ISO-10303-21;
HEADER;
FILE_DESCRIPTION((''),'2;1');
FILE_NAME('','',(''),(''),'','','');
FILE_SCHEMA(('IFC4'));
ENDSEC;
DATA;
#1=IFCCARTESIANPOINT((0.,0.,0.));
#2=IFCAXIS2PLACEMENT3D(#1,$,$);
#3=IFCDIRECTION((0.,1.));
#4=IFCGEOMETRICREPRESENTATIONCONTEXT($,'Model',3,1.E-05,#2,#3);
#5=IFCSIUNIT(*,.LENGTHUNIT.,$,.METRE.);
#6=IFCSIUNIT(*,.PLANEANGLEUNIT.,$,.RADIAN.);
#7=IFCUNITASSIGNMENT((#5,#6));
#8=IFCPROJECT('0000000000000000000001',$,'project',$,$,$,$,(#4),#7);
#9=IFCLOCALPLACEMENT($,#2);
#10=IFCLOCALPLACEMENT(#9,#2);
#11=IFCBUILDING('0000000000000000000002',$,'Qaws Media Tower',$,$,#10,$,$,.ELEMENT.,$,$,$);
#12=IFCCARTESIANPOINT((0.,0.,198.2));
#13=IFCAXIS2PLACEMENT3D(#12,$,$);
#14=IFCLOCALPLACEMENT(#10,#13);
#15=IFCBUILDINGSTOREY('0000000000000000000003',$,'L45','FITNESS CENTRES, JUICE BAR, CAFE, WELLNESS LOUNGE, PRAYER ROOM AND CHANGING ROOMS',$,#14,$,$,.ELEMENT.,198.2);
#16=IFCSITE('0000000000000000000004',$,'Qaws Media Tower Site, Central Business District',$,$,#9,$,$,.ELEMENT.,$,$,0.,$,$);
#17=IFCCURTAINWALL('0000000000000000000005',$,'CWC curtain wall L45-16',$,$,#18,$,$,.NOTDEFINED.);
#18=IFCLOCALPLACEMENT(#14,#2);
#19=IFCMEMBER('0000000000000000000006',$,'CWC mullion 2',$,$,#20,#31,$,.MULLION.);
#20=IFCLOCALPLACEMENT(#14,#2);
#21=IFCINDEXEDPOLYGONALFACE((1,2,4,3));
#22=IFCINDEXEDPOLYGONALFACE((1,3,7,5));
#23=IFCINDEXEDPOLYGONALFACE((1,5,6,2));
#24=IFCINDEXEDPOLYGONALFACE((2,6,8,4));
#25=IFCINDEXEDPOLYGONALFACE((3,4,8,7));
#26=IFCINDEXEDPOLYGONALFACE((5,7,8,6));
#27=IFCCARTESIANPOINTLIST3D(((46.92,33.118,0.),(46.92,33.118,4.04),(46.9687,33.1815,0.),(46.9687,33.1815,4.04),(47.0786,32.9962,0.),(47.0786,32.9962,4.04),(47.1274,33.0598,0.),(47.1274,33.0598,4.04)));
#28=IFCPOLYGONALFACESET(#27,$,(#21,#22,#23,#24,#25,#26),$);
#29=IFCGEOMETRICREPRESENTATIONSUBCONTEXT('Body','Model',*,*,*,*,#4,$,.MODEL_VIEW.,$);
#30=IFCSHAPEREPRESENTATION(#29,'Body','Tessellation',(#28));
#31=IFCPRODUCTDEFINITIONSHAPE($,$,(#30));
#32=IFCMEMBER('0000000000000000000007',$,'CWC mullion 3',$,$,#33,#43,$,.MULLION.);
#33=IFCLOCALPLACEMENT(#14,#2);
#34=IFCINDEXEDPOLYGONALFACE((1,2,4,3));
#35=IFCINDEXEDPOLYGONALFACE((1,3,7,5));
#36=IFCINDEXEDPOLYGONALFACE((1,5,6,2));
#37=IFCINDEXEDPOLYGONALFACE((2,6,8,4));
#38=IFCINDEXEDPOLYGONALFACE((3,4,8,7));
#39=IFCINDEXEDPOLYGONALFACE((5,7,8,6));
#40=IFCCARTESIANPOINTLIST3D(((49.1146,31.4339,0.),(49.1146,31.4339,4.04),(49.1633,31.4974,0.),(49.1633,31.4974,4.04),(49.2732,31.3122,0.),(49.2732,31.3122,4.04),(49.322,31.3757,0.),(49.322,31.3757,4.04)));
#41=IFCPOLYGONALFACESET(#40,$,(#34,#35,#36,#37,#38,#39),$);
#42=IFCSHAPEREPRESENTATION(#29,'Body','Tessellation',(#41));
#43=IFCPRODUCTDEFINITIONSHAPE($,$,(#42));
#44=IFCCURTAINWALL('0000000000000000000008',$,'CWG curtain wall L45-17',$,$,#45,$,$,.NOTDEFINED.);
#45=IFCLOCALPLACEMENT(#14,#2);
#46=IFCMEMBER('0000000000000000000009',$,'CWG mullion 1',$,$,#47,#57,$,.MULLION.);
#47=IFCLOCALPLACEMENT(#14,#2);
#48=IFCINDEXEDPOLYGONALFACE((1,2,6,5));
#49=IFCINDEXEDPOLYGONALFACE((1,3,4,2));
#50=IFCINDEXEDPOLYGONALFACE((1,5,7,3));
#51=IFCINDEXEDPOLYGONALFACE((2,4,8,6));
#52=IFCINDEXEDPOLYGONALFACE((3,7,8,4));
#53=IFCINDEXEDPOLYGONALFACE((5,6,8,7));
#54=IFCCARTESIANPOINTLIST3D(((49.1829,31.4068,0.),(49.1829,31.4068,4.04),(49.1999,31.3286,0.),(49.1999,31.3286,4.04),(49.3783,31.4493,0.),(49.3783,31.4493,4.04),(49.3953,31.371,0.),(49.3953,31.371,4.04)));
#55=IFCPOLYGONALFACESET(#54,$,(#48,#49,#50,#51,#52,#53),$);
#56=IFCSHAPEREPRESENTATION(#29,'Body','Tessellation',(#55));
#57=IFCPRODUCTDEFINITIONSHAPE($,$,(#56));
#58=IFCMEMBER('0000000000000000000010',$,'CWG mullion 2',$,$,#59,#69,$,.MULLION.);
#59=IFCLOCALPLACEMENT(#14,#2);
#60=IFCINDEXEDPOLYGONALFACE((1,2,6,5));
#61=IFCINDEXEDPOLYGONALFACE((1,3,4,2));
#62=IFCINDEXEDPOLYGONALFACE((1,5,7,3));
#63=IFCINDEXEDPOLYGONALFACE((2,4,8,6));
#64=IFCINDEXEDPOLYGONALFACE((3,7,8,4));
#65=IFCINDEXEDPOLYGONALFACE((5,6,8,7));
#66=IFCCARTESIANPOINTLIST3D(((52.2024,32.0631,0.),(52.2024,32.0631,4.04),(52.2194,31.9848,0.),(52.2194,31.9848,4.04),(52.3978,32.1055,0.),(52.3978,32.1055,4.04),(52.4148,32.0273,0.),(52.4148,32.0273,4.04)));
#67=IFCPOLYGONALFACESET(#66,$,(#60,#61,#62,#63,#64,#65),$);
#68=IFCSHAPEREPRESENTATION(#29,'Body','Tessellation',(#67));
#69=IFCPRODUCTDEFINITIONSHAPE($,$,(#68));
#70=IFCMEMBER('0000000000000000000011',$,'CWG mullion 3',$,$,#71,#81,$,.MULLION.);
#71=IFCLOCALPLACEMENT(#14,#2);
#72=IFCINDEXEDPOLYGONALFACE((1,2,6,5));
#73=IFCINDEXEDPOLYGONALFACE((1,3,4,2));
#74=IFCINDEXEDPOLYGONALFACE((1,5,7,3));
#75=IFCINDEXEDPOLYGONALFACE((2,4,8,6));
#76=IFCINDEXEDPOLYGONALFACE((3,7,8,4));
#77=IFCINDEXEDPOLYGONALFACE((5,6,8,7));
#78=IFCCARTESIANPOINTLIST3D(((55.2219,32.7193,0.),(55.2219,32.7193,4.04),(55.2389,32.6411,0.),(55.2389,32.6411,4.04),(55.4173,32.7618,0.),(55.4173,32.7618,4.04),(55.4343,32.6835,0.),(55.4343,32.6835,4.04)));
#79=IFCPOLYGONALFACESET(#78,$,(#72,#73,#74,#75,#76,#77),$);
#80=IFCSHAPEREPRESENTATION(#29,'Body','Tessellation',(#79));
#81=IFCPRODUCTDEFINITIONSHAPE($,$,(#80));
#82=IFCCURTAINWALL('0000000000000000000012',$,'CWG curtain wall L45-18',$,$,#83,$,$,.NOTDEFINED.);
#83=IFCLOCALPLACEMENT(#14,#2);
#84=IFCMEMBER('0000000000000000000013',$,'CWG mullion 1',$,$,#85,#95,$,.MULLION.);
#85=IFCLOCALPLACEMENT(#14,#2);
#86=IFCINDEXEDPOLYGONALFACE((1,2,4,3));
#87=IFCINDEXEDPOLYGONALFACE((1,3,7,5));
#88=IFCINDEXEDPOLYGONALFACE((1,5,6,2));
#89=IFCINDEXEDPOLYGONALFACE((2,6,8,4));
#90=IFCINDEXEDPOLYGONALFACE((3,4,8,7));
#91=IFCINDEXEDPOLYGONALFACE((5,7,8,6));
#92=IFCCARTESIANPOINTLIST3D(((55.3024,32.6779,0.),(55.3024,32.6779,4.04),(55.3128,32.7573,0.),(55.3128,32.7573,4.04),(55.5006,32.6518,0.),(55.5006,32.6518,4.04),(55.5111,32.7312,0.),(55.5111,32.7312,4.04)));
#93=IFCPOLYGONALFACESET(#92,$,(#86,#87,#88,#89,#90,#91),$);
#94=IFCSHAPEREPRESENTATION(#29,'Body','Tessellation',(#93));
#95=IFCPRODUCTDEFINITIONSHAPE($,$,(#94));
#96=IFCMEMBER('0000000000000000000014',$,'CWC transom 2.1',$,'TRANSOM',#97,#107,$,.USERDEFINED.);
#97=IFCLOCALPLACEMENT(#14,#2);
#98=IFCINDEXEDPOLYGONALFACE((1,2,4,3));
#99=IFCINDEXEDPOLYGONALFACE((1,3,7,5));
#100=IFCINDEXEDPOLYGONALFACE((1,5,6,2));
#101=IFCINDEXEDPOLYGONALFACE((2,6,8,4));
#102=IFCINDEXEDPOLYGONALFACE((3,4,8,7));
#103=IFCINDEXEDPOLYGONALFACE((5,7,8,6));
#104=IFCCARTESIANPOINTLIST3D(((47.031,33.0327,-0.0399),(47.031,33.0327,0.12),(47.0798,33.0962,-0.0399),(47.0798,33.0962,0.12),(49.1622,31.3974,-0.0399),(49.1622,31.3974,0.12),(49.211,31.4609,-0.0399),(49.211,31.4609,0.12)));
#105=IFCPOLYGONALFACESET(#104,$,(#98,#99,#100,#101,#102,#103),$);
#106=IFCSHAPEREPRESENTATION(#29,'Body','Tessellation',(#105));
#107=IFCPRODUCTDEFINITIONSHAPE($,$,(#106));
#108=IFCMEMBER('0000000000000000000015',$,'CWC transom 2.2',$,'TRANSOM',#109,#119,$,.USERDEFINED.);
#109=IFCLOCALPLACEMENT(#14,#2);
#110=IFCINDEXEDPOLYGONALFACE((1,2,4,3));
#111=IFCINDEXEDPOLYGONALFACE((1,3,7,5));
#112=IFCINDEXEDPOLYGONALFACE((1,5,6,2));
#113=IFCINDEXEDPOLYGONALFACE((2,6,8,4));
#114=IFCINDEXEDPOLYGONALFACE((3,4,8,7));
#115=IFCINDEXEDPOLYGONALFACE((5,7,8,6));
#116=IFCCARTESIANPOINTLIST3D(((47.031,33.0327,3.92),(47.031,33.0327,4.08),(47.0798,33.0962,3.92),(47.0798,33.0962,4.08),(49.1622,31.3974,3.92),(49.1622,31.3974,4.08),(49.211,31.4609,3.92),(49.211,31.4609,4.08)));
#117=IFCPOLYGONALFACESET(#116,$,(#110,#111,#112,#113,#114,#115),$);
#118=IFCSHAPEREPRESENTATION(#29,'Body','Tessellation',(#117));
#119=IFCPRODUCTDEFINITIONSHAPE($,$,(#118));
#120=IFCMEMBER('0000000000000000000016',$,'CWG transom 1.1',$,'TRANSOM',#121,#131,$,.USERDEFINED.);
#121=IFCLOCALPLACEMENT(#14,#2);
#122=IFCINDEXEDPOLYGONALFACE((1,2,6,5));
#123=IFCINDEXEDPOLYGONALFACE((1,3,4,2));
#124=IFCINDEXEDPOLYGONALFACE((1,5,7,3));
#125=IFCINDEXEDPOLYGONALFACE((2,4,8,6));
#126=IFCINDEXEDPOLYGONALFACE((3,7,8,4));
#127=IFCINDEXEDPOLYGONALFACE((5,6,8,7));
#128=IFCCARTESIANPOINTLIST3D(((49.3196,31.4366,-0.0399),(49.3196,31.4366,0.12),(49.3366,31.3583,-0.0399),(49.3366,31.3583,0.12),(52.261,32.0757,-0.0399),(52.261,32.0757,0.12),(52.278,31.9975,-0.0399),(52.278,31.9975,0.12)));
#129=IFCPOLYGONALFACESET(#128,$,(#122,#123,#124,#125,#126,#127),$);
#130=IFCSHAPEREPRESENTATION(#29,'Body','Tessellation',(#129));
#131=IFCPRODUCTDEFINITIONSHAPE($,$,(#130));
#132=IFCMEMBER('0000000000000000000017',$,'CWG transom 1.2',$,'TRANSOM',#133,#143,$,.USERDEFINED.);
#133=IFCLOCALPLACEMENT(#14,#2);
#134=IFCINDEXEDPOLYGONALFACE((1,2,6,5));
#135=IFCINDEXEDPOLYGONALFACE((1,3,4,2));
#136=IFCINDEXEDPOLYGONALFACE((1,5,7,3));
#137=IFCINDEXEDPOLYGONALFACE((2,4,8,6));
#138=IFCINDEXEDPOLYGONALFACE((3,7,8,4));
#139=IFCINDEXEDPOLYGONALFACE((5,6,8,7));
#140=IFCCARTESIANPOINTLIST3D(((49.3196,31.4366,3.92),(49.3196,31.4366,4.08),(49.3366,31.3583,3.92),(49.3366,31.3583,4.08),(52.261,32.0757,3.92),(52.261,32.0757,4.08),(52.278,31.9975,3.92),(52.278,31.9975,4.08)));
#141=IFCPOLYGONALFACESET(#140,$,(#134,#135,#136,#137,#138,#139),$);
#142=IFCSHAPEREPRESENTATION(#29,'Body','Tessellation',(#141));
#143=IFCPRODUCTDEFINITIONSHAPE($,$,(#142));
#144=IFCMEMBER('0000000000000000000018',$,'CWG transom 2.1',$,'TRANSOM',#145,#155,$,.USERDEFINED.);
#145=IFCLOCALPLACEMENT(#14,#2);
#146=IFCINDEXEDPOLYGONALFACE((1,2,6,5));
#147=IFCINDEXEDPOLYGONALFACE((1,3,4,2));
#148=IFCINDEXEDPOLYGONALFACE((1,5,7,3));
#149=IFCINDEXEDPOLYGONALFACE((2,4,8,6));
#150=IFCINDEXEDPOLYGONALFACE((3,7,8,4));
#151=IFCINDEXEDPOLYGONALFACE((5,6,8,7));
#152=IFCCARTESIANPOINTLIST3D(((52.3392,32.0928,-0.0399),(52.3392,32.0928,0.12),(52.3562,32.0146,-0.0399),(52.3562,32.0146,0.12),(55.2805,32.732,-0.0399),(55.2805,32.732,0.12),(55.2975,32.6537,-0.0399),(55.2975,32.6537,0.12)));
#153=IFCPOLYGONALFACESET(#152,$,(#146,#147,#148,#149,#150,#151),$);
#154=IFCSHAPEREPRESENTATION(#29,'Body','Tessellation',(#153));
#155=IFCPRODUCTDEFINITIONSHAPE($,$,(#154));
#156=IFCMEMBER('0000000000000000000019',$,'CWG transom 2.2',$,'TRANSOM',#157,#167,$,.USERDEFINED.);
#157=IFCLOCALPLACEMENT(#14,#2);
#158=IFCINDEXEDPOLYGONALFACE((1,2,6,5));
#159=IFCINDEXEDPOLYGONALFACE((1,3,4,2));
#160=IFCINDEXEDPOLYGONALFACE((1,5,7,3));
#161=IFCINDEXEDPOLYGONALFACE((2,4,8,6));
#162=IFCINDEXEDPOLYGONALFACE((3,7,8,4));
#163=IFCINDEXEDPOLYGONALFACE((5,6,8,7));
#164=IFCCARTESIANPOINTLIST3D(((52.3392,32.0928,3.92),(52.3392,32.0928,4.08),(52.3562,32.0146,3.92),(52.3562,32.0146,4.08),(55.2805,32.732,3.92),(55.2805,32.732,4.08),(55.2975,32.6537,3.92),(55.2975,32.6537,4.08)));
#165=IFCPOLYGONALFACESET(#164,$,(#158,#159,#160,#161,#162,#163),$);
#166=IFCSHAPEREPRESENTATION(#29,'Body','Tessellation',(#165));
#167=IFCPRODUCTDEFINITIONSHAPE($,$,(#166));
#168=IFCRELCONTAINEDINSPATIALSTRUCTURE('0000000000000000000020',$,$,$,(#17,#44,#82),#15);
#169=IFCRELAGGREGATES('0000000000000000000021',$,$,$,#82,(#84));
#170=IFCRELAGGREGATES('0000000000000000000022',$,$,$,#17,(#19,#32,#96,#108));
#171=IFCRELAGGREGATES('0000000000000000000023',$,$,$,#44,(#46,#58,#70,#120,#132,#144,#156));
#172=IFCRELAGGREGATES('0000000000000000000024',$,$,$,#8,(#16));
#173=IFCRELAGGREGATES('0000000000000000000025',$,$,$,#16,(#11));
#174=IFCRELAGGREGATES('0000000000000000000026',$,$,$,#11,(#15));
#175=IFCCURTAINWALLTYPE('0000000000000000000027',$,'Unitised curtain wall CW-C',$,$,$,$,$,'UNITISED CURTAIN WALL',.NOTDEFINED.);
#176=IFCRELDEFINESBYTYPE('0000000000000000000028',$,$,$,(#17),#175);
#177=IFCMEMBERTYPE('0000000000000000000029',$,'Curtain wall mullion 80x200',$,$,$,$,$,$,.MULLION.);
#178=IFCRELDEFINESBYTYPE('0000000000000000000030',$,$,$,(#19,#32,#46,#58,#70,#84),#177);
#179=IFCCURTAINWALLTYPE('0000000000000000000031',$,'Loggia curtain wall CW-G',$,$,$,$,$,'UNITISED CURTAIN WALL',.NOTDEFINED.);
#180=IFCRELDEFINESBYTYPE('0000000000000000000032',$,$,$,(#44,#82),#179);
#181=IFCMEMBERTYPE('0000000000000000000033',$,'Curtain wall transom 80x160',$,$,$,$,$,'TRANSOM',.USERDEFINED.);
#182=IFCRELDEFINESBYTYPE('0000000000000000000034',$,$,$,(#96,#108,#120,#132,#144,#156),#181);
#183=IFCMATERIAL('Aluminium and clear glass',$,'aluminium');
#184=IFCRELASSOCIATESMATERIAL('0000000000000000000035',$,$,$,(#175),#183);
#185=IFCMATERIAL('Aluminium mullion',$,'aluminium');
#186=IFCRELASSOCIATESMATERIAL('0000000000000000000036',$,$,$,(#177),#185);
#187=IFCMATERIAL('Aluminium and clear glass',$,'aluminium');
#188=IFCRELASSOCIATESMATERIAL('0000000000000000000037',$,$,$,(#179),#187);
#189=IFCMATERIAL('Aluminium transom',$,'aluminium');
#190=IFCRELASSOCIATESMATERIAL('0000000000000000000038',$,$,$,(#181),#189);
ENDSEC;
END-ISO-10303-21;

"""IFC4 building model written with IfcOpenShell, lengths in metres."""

from ifc_helpers import new_model, si_unit, direction, frame, origin, origin_2d, place, context, subcontext, project, spatial, rectangle, extrude, material, material_profile, profile_set, type_object, element, aggregate, save


model = new_model("IFC4")

# Units and contexts
model_context = context("Model", 3, precision=1e-05, world=origin(), true_north=direction((0.0, 1.0)))
body_context = subcontext(model_context, "Body", "Model", "MODEL_VIEW")
ifc_project = project(units=[si_unit("LENGTHUNIT", "METRE"), si_unit("PLANEANGLEUNIT", "RADIAN")], contexts=[model_context])

# Site, building, storey
site_placement = place(None, origin())
site = spatial("IfcSite", under=ifc_project, at=site_placement, Name="Qaws Media Tower Site, Central Business District", CompositionType="ELEMENT", RefElevation=0.0)
building_placement = place(site_placement, origin())
building = spatial("IfcBuilding", under=site, at=building_placement, Name="Qaws Media Tower", CompositionType="ELEMENT")
storey_placement = place(building_placement, frame((0.0, 0.0, 198.2)))
storey = spatial("IfcBuildingStorey", under=building, at=storey_placement, Name="L45", Description="FITNESS CENTRES, JUICE BAR, CAFE, WELLNESS LOUNGE, PRAYER ROOM AND CHANGING ROOMS", CompositionType="ELEMENT", Elevation=198.2)

# Curtain walls, members
ifc_material_1 = material(Name="Aluminium and clear glass", Category="aluminium")
curtain_wall_type_1 = type_object("IfcCurtainWallType", Name="Unitised curtain wall CW-C", ElementType="UNITISED CURTAIN WALL", PredefinedType="NOTDEFINED", material=ifc_material_1)
curtain_wall_1_placement = place(storey_placement, origin())
curtain_wall_1 = element("IfcCurtainWall", 1, at=curtain_wall_1_placement, inside=storey, type_object=curtain_wall_type_1, Name="CWC curtain wall L45-16", PredefinedType="NOTDEFINED")
ifc_material_2 = material(Name="Aluminium mullion", Category="aluminium")
ifc_material_profile_1 = material_profile(ifc_material_2, rectangle(XDim=0.0801, YDim=0.2, at=origin_2d()), Name="80x200")
ifc_profile_set_1 = profile_set([ifc_material_profile_1], Name="Aluminium mullion")
member_type_1 = type_object("IfcMemberType", Name="Curtain wall mullion 80x200", PredefinedType="MULLION", material=ifc_profile_set_1)
member_1_placement = place(storey_placement, frame((47.0237, 33.0889, 0.0), z_axis=(0.0, 0.0, 1.0), x_axis=(0.608761, 0.793353, 0.0)))
member_1 = element("IfcMember", 2, at=member_1_placement, type_object=member_type_1, Name="CWC mullion 2", PredefinedType="MULLION", context=body_context, shape_type="SweptSolid", body=[
    extrude(rectangle(XDim=0.0801, YDim=0.2, at=origin_2d()), origin(), (0.0, 0.0, 1.0), 4.04),
])
member_2_placement = place(storey_placement, frame((49.2183, 31.4048, 0.0), z_axis=(0.0, 0.0, 1.0), x_axis=(0.608761, 0.793353, 0.0)))
member_2 = element("IfcMember", 3, at=member_2_placement, type_object=member_type_1, Name="CWC mullion 3", PredefinedType="MULLION", context=body_context, shape_type="SweptSolid", body=[
    extrude(rectangle(XDim=0.0801, YDim=0.2, at=origin_2d()), origin(), (0.0, 0.0, 1.0), 4.04),
])
ifc_material_3 = material(Name="Aluminium and clear glass", Category="aluminium")
curtain_wall_type_2 = type_object("IfcCurtainWallType", Name="Loggia curtain wall CW-G", ElementType="UNITISED CURTAIN WALL", PredefinedType="NOTDEFINED", material=ifc_material_3)
curtain_wall_2_placement = place(storey_placement, origin())
curtain_wall_2 = element("IfcCurtainWall", 4, at=curtain_wall_2_placement, inside=storey, type_object=curtain_wall_type_2, Name="CWG curtain wall L45-17", PredefinedType="NOTDEFINED")
member_3_placement = place(storey_placement, frame((49.2891, 31.3889, 0.0), z_axis=(0.0, 0.0, 1.0), x_axis=(-0.212378, 0.977188, 0.0)))
member_3 = element("IfcMember", 5, at=member_3_placement, type_object=member_type_1, Name="CWG mullion 1", PredefinedType="MULLION", context=body_context, shape_type="SweptSolid", body=[
    extrude(rectangle(XDim=0.0801, YDim=0.2, at=origin_2d()), origin(), (0.0, 0.0, 1.0), 4.04),
])
member_4_placement = place(storey_placement, frame((52.3086, 32.0452, 0.0), z_axis=(0.0, 0.0, 1.0), x_axis=(-0.212378, 0.977188, 0.0)))
member_4 = element("IfcMember", 6, at=member_4_placement, type_object=member_type_1, Name="CWG mullion 2", PredefinedType="MULLION", context=body_context, shape_type="SweptSolid", body=[
    extrude(rectangle(XDim=0.0801, YDim=0.2, at=origin_2d()), origin(), (0.0, 0.0, 1.0), 4.04),
])
member_5_placement = place(storey_placement, frame((55.3281, 32.7014, 0.0), z_axis=(0.0, 0.0, 1.0), x_axis=(-0.212378, 0.977188, 0.0)))
member_5 = element("IfcMember", 7, at=member_5_placement, type_object=member_type_1, Name="CWG mullion 3", PredefinedType="MULLION", context=body_context, shape_type="SweptSolid", body=[
    extrude(rectangle(XDim=0.0801, YDim=0.2, at=origin_2d()), origin(), (0.0, 0.0, 1.0), 4.04),
])

# Curtain wall, member
curtain_wall_3_placement = place(storey_placement, origin())
curtain_wall_3 = element("IfcCurtainWall", 8, at=curtain_wall_3_placement, inside=storey, type_object=curtain_wall_type_2, Name="CWG curtain wall L45-18", PredefinedType="NOTDEFINED")
member_6_placement = place(storey_placement, frame((55.4067, 32.7046, 0.0), z_axis=(0.0, 0.0, 1.0), x_axis=(0.130526, 0.991445, 0.0)))
member_6 = element("IfcMember", 9, at=member_6_placement, type_object=member_type_1, Name="CWG mullion 1", PredefinedType="MULLION", context=body_context, shape_type="SweptSolid", body=[
    extrude(rectangle(XDim=0.0801, YDim=0.2, at=origin_2d()), origin(), (0.0, 0.0, 1.0), 4.04),
])
aggregate(curtain_wall_3, [member_6])

# Members
ifc_material_4 = material(Name="Aluminium transom", Category="aluminium")
ifc_material_profile_2 = material_profile(ifc_material_4, rectangle(XDim=0.0801, YDim=0.1599, at=origin_2d()), Name="80x160")
ifc_profile_set_2 = profile_set([ifc_material_profile_2], Name="Aluminium transom")
member_type_2 = type_object("IfcMemberType", Name="Curtain wall transom 80x160", ElementType="TRANSOM", PredefinedType="USERDEFINED", material=ifc_profile_set_2)
member_7_placement = place(storey_placement, frame((47.0554, 33.0645, 0.04), z_axis=(0.793353, -0.608762, 0.0), x_axis=(0.608762, 0.793353, 0.0)))
member_7 = element("IfcMember", 10, at=member_7_placement, type_object=member_type_2, Name="CWC transom 2.1", ObjectType="TRANSOM", PredefinedType="USERDEFINED", context=body_context, shape_type="SweptSolid", body=[
    extrude(rectangle(XDim=0.0801, YDim=0.1599, at=origin_2d()), origin(), (0.0, 0.0, 1.0), 2.6863),
])
member_8_placement = place(storey_placement, frame((47.0554, 33.0645, 4.0), z_axis=(0.793353, -0.608762, 0.0), x_axis=(0.608762, 0.793353, 0.0)))
member_8 = element("IfcMember", 11, at=member_8_placement, type_object=member_type_2, Name="CWC transom 2.2", ObjectType="TRANSOM", PredefinedType="USERDEFINED", context=body_context, shape_type="SweptSolid", body=[
    extrude(rectangle(XDim=0.0801, YDim=0.1599, at=origin_2d()), origin(), (0.0, 0.0, 1.0), 2.6863),
])
member_9_placement = place(storey_placement, frame((49.3281, 31.3975, 0.04), z_axis=(0.977195, 0.212342, 0.0), x_axis=(-0.212342, 0.977195, 0.0)))
member_9 = element("IfcMember", 12, at=member_9_placement, type_object=member_type_2, Name="CWG transom 1.1", ObjectType="TRANSOM", PredefinedType="USERDEFINED", context=body_context, shape_type="SweptSolid", body=[
    extrude(rectangle(XDim=0.0801, YDim=0.1599, at=origin_2d()), origin(), (0.0, 0.0, 1.0), 3.01),
])
member_10_placement = place(storey_placement, frame((49.3281, 31.3975, 4.0), z_axis=(0.977195, 0.212342, 0.0), x_axis=(-0.212342, 0.977195, 0.0)))
member_10 = element("IfcMember", 13, at=member_10_placement, type_object=member_type_2, Name="CWG transom 1.2", ObjectType="TRANSOM", PredefinedType="USERDEFINED", context=body_context, shape_type="SweptSolid", body=[
    extrude(rectangle(XDim=0.0801, YDim=0.1599, at=origin_2d()), origin(), (0.0, 0.0, 1.0), 3.01),
])
member_11_placement = place(storey_placement, frame((52.3477, 32.0537, 0.04), z_axis=(0.977195, 0.212342, 0.0), x_axis=(-0.212342, 0.977195, 0.0)))
member_11 = element("IfcMember", 14, at=member_11_placement, type_object=member_type_2, Name="CWG transom 2.1", ObjectType="TRANSOM", PredefinedType="USERDEFINED", context=body_context, shape_type="SweptSolid", body=[
    extrude(rectangle(XDim=0.0801, YDim=0.1599, at=origin_2d()), origin(), (0.0, 0.0, 1.0), 3.01),
])
member_12_placement = place(storey_placement, frame((52.3477, 32.0537, 4.0), z_axis=(0.977195, 0.212342, 0.0), x_axis=(-0.212342, 0.977195, 0.0)))
member_12 = element("IfcMember", 15, at=member_12_placement, type_object=member_type_2, Name="CWG transom 2.2", ObjectType="TRANSOM", PredefinedType="USERDEFINED", context=body_context, shape_type="SweptSolid", body=[
    extrude(rectangle(XDim=0.0801, YDim=0.1599, at=origin_2d()), origin(), (0.0, 0.0, 1.0), 3.01),
])

aggregate(curtain_wall_1, [member_1, member_2, member_7, member_8])
aggregate(curtain_wall_2, [member_3, member_4, member_5, member_9, member_10, member_11, member_12])

save(model, "model.ifc")
